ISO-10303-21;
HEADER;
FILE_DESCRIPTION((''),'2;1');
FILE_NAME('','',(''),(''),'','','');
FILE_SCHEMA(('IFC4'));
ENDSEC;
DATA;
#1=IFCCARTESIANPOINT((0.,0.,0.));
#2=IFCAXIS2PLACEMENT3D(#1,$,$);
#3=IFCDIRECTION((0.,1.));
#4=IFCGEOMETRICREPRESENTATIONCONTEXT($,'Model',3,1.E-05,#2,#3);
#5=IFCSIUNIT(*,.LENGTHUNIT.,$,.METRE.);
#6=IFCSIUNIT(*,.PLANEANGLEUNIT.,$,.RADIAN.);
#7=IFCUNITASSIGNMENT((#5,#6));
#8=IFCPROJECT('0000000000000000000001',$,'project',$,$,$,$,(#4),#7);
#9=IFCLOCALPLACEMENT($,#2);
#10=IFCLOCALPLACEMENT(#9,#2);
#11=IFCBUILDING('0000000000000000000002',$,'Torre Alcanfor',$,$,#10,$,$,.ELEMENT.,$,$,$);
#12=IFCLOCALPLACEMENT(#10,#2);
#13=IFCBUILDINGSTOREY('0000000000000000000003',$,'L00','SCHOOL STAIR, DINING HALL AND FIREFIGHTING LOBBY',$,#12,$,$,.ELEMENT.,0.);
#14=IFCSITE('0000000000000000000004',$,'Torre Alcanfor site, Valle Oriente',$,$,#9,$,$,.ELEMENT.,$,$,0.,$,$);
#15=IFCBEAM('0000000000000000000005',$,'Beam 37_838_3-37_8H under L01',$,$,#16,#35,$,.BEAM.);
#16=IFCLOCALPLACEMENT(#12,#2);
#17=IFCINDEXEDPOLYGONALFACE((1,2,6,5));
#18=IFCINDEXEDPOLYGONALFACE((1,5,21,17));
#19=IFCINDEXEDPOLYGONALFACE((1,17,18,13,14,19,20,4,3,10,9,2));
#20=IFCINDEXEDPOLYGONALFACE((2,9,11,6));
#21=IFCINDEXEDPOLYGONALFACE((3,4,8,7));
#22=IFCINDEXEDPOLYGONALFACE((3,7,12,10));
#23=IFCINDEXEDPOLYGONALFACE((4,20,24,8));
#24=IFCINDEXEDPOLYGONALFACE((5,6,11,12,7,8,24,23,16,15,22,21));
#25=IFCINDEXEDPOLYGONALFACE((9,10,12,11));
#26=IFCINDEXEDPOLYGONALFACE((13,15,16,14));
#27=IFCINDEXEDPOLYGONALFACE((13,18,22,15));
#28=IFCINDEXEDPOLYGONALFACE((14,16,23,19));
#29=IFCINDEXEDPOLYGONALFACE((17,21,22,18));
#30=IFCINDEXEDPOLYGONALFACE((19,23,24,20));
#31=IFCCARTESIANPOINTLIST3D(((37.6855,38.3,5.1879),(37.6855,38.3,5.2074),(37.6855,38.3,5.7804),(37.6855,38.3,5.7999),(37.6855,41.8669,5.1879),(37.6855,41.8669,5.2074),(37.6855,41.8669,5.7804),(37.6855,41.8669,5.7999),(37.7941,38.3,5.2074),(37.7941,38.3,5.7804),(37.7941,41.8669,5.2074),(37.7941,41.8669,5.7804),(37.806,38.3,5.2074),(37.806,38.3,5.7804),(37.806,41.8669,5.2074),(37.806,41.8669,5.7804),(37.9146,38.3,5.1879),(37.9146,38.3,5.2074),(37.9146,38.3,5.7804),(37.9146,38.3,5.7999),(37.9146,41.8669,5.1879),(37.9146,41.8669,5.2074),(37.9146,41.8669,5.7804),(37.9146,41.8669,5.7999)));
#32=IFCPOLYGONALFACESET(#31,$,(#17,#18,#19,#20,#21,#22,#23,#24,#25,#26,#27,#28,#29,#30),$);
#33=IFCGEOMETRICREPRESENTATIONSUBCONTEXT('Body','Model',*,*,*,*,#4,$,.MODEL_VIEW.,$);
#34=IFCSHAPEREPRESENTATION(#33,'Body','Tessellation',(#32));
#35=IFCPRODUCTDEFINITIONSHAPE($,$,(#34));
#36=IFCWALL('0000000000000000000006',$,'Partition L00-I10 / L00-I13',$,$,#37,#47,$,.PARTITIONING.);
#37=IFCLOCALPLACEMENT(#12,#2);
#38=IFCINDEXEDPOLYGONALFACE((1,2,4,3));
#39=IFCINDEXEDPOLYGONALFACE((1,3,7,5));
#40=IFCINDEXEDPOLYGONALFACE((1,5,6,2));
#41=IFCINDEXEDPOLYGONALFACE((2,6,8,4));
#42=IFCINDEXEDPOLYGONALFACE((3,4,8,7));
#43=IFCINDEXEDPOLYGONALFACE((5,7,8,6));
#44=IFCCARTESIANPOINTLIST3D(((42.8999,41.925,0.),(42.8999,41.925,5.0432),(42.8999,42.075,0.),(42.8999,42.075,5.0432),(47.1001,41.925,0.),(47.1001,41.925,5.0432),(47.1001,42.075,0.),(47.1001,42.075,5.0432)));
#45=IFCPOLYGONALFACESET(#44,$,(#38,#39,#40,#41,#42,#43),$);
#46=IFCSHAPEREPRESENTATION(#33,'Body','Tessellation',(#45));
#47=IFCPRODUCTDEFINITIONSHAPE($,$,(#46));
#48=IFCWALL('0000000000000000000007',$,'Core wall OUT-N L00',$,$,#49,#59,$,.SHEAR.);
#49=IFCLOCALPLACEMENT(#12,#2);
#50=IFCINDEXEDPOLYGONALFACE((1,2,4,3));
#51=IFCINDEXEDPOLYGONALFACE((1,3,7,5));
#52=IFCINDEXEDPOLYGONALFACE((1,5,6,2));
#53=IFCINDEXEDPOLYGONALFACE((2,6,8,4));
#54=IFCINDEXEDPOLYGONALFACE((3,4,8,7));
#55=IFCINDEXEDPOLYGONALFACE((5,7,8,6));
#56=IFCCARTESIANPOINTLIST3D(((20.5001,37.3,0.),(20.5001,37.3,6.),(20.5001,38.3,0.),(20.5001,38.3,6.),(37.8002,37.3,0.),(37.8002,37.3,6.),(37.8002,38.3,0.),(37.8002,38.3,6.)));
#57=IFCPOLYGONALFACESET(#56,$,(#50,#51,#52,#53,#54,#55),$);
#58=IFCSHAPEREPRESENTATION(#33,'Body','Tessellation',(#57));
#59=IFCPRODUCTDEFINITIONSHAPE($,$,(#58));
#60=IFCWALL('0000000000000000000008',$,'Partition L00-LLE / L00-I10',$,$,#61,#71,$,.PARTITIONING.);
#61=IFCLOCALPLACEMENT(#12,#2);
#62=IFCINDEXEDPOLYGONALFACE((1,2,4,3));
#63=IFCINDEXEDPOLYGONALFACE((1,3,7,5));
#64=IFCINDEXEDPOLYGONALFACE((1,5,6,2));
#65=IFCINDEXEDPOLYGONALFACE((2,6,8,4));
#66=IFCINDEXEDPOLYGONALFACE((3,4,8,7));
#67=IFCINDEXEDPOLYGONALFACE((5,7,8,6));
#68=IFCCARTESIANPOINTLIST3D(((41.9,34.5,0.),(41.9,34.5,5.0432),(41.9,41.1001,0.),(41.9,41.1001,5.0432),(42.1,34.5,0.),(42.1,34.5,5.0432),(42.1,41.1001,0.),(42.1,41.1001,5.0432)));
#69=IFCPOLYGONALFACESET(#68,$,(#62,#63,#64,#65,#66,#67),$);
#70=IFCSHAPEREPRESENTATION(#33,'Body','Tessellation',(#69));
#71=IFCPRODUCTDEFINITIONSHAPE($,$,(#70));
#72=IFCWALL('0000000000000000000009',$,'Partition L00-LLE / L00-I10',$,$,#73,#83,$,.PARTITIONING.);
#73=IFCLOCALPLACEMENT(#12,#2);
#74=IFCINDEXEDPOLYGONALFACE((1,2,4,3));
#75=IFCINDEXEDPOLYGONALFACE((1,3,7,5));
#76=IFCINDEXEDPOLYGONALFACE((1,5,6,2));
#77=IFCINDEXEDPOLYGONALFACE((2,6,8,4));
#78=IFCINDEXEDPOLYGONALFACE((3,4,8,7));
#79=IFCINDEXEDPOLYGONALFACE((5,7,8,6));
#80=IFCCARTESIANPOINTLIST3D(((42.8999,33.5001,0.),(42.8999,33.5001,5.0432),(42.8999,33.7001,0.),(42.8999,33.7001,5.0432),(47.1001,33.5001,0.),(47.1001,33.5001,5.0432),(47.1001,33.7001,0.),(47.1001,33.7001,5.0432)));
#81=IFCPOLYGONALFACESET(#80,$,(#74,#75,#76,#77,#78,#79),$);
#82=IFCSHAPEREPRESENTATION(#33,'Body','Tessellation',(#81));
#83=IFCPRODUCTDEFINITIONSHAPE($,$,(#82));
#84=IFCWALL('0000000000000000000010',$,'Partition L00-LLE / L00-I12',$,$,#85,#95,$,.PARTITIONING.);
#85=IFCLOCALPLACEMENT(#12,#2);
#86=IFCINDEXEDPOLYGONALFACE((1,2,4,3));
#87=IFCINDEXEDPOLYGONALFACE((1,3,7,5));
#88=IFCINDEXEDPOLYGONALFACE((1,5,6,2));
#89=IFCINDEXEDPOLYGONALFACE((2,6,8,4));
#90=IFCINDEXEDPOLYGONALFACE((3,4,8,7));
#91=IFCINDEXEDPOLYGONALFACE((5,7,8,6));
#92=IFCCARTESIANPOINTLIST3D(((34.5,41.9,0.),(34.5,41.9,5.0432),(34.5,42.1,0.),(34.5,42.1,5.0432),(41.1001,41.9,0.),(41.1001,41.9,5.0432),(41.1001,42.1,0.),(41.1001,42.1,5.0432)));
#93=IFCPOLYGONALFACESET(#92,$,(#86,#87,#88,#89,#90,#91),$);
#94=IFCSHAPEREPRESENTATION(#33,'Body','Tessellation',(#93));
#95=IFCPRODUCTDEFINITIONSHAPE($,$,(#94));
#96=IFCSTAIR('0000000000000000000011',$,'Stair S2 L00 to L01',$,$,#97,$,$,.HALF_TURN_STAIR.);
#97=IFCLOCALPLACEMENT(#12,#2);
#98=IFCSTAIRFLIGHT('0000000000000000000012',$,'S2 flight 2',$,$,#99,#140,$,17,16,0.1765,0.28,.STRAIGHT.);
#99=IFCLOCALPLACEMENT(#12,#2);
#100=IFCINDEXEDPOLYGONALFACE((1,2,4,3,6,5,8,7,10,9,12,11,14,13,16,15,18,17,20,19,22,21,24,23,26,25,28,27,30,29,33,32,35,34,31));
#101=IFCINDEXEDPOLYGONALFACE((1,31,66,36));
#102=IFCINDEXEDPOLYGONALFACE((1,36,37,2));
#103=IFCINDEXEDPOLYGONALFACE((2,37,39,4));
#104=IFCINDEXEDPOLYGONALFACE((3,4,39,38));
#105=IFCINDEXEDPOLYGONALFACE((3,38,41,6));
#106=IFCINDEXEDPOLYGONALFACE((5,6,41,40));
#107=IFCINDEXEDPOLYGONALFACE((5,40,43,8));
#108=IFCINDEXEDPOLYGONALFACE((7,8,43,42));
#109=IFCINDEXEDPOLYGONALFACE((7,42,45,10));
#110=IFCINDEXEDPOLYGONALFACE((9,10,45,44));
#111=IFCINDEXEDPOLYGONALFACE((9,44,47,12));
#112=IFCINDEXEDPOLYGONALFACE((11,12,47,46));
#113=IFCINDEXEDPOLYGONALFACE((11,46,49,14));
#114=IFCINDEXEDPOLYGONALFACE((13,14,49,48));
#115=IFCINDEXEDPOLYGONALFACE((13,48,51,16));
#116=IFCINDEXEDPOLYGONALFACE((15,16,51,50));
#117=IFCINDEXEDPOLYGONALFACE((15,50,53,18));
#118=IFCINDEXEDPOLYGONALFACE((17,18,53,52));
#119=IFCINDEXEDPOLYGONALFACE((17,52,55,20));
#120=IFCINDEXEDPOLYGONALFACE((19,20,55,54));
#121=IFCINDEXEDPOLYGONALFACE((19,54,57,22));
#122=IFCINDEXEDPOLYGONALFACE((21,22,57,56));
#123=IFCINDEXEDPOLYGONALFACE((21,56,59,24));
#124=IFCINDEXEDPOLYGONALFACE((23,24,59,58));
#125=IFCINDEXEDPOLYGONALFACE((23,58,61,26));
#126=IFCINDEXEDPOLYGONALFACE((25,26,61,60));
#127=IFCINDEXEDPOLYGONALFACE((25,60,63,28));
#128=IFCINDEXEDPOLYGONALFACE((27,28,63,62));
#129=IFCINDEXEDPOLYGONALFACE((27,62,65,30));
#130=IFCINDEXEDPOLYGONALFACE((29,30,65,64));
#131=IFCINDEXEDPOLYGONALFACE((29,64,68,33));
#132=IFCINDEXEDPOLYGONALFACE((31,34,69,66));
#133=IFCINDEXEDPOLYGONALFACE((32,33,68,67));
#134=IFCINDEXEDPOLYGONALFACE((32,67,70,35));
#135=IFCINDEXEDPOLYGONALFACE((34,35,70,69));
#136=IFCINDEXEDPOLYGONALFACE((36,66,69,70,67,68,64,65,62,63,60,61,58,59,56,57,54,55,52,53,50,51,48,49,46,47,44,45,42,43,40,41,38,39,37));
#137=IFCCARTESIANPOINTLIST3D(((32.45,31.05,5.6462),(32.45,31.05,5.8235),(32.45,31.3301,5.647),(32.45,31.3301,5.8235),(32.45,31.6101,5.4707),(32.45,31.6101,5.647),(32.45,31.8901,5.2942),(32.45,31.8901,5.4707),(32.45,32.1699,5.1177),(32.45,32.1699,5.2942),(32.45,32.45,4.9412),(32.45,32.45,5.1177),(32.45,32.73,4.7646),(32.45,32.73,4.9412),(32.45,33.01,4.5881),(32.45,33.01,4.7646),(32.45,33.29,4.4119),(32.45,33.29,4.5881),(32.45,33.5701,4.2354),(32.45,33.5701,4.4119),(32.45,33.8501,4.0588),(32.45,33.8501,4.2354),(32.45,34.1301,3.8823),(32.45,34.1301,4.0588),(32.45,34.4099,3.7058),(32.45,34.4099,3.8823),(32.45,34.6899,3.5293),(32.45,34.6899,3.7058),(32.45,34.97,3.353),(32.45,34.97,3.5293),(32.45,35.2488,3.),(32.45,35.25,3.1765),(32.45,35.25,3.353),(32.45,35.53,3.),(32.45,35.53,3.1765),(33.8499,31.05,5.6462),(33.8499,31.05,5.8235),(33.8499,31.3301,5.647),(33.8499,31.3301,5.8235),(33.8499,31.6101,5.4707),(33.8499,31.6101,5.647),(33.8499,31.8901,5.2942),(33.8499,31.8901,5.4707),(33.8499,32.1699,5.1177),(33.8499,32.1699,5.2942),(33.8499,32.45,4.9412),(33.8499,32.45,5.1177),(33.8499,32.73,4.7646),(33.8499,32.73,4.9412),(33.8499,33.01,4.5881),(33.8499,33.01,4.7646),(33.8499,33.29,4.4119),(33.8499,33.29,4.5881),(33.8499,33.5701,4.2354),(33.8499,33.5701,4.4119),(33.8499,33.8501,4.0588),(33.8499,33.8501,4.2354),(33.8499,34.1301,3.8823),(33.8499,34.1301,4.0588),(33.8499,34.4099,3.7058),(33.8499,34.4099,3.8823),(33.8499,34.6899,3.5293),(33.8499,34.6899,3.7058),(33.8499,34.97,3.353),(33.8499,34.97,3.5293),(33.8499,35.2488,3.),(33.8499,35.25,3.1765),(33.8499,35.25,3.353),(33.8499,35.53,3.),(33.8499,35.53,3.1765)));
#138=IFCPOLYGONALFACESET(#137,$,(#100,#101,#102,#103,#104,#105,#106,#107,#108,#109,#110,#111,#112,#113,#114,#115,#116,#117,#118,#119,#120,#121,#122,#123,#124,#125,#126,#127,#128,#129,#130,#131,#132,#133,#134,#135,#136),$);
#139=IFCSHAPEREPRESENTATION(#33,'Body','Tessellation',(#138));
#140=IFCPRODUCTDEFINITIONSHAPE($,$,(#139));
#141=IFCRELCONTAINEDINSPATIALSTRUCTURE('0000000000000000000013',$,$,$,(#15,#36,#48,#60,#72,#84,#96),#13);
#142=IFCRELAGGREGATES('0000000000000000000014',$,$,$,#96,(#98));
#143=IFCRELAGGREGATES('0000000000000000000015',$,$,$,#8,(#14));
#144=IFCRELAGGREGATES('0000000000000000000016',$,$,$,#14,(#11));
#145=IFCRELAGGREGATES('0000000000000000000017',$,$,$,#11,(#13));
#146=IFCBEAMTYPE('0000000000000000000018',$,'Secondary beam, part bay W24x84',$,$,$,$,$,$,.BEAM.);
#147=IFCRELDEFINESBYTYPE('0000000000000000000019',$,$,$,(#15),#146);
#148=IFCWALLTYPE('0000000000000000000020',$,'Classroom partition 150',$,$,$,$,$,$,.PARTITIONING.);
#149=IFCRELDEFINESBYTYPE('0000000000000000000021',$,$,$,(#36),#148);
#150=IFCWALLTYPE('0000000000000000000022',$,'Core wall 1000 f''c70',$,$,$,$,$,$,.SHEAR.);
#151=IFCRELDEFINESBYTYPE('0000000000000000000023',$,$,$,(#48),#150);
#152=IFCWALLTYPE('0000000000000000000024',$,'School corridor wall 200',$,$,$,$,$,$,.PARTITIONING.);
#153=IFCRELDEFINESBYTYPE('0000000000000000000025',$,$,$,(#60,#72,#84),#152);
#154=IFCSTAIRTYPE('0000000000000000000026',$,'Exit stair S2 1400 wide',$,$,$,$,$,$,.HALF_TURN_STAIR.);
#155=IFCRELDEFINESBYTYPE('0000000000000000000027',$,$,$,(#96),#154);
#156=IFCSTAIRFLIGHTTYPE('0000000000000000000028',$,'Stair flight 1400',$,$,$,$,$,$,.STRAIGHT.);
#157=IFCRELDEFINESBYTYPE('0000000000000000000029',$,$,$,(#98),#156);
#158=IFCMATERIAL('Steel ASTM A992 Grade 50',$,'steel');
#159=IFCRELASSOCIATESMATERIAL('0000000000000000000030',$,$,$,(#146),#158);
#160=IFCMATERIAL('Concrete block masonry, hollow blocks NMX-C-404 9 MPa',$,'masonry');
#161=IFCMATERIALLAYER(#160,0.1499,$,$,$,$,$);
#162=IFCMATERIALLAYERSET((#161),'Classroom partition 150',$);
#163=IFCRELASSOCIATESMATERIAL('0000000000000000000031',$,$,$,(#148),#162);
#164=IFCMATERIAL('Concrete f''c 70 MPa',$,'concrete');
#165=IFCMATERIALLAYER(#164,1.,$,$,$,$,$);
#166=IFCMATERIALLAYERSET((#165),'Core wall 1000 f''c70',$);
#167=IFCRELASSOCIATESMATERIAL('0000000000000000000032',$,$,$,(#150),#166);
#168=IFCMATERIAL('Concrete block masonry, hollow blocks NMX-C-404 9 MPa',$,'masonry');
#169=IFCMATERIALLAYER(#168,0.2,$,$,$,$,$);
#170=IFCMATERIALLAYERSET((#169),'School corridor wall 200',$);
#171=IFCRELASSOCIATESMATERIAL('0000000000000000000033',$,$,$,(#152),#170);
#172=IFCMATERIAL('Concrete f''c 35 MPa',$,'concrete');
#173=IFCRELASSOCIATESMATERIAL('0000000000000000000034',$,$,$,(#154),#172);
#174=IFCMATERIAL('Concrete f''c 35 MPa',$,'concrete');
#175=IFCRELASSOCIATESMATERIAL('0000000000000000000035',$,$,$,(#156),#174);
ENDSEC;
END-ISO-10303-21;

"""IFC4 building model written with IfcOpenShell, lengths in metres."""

from ifc_helpers import new_model, si_unit, direction, frame, frame_2d, origin, origin_2d, place, context, subcontext, project, spatial, polyline, rectangle, i_section, outline, extrude, material, layer, layer_set, material_profile, profile_set, type_object, element, aggregate, save


model = new_model("IFC4")

# Units and contexts
model_context = context("Model", 3, precision=1e-05, world=origin(), true_north=direction((0.0, 1.0)))
body_context = subcontext(model_context, "Body", "Model", "MODEL_VIEW")
ifc_project = project(units=[si_unit("LENGTHUNIT", "METRE"), si_unit("PLANEANGLEUNIT", "RADIAN")], contexts=[model_context])

# Site, building, storey
site_placement = place(None, origin())
site = spatial("IfcSite", under=ifc_project, at=site_placement, Name="Torre Alcanfor site, Valle Oriente", CompositionType="ELEMENT", RefElevation=0.0)
building_placement = place(site_placement, origin())
building = spatial("IfcBuilding", under=site, at=building_placement, Name="Torre Alcanfor", CompositionType="ELEMENT")
storey_placement = place(building_placement, origin())
storey = spatial("IfcBuildingStorey", under=building, at=storey_placement, Name="L00", Description="SCHOOL STAIR, DINING HALL AND FIREFIGHTING LOBBY", CompositionType="ELEMENT", Elevation=0.0)

# Beam
ifc_material_1 = material(Name="Steel ASTM A992 Grade 50", Category="steel")
ifc_material_profile_1 = material_profile(ifc_material_1, i_section(OverallWidth=0.229, OverallDepth=0.6121, WebThickness=0.012, FlangeThickness=0.0195, at=origin_2d()), Name="W24x84")
ifc_profile_set_1 = profile_set([ifc_material_profile_1], Name="Steel ASTM A992 Grade 50")
beam_type_1 = type_object("IfcBeamType", Name="Secondary beam, part bay W24x84", PredefinedType="BEAM", material=ifc_profile_set_1)
beam_placement = place(storey_placement, frame((37.8, 38.3, 5.4939), z_axis=(0.0, 1.0, 0.0), x_axis=(-1.0, 0.0, 0.0)))
element("IfcBeam", 1, at=beam_placement, inside=storey, type_object=beam_type_1, Name="Beam 37_838_3-37_8H under L01", PredefinedType="BEAM", context=body_context, shape_type="SweptSolid", body=[
    extrude(i_section(OverallWidth=0.229, OverallDepth=0.6121, WebThickness=0.012, FlangeThickness=0.0195, at=origin_2d()), origin(), (0.0, 0.0, 1.0), 3.5669),
])

# Walls
ifc_material_2 = material(Name="Concrete block masonry, hollow blocks NMX-C-404 9 MPa", Category="masonry")
ifc_layer_1 = layer(ifc_material_2, 0.1499)
ifc_layer_set_1 = layer_set([ifc_layer_1], Name="Classroom partition 150")
wall_type_1 = type_object("IfcWallType", Name="Classroom partition 150", PredefinedType="PARTITIONING", material=ifc_layer_set_1)
wall_1_placement = place(storey_placement, frame((42.8999, 42.0, 0.0), z_axis=(0.0, 0.0, 1.0), x_axis=(1.0, 0.0, 0.0)))
element("IfcWall", 2, at=wall_1_placement, inside=storey, type_object=wall_type_1, Name="Partition L00-I10 / L00-I13", PredefinedType="PARTITIONING", context=body_context, shape_type="SweptSolid", body=[
    extrude(rectangle(XDim=4.2002, YDim=0.1499, at=frame_2d((2.1001, 0.0))), origin(), (0.0, 0.0, 1.0), 5.0432),
])
ifc_material_3 = material(Name="Concrete f'c 70 MPa", Category="concrete")
ifc_layer_2 = layer(ifc_material_3, 1.0)
ifc_layer_set_2 = layer_set([ifc_layer_2], Name="Core wall 1000 f'c70")
wall_type_2 = type_object("IfcWallType", Name="Core wall 1000 f'c70", PredefinedType="SHEAR", material=ifc_layer_set_2)
wall_2_placement = place(storey_placement, frame((37.8, 37.8, 0.0), z_axis=(0.0, 0.0, 1.0), x_axis=(-1.0, 0.0, 0.0)))
element("IfcWall", 3, at=wall_2_placement, inside=storey, type_object=wall_type_2, Name="Core wall OUT-N L00", PredefinedType="SHEAR", context=body_context, shape_type="SweptSolid", body=[
    extrude(rectangle(XDim=17.3, YDim=1.0, at=frame_2d((8.6499, 0.0))), origin(), (0.0, 0.0, 1.0), 6.0),
])
ifc_material_4 = material(Name="Concrete block masonry, hollow blocks NMX-C-404 9 MPa", Category="masonry")
ifc_layer_3 = layer(ifc_material_4, 0.2)
ifc_layer_set_3 = layer_set([ifc_layer_3], Name="School corridor wall 200")
wall_type_3 = type_object("IfcWallType", Name="School corridor wall 200", PredefinedType="PARTITIONING", material=ifc_layer_set_3)
wall_3_placement = place(storey_placement, frame((42.0, 41.1001, 0.0), z_axis=(0.0, 0.0, 1.0), x_axis=(0.0, -1.0, 0.0)))
element("IfcWall", 4, at=wall_3_placement, inside=storey, type_object=wall_type_3, Name="Partition L00-LLE / L00-I10", PredefinedType="PARTITIONING", context=body_context, shape_type="SweptSolid", body=[
    extrude(rectangle(XDim=6.6001, YDim=0.2, at=frame_2d((3.3, 0.0))), origin(), (0.0, 0.0, 1.0), 5.0432),
])
wall_4_placement = place(storey_placement, frame((42.8999, 33.6001, 0.0), z_axis=(0.0, 0.0, 1.0), x_axis=(1.0, 0.0, 0.0)))
element("IfcWall", 5, at=wall_4_placement, inside=storey, type_object=wall_type_3, Name="Partition L00-LLE / L00-I10", PredefinedType="PARTITIONING", context=body_context, shape_type="SweptSolid", body=[
    extrude(rectangle(XDim=4.2002, YDim=0.2, at=frame_2d((2.1001, 0.0))), origin(), (0.0, 0.0, 1.0), 5.0432),
])
wall_5_placement = place(storey_placement, frame((34.5, 42.0, 0.0), z_axis=(0.0, 0.0, 1.0), x_axis=(1.0, 0.0, 0.0)))
element("IfcWall", 6, at=wall_5_placement, inside=storey, type_object=wall_type_3, Name="Partition L00-LLE / L00-I12", PredefinedType="PARTITIONING", context=body_context, shape_type="SweptSolid", body=[
    extrude(rectangle(XDim=6.6001, YDim=0.2, at=frame_2d((3.3, 0.0))), origin(), (0.0, 0.0, 1.0), 5.0432),
])

# Stair, stair flight
ifc_material_5 = material(Name="Concrete f'c 35 MPa", Category="concrete")
stair_type = type_object("IfcStairType", Name="Exit stair S2 1400 wide", PredefinedType="HALF_TURN_STAIR", material=ifc_material_5)
stair_placement = place(storey_placement, origin())
stair = element("IfcStair", 7, at=stair_placement, inside=storey, type_object=stair_type, Name="Stair S2 L00 to L01", PredefinedType="HALF_TURN_STAIR")
ifc_material_6 = material(Name="Concrete f'c 35 MPa", Category="concrete")
stair_flight_type = type_object("IfcStairFlightType", Name="Stair flight 1400", PredefinedType="STRAIGHT", material=ifc_material_6)
stair_flight_placement = place(storey_placement, frame((33.1499, 35.53, 3.0), z_axis=(0.0, 0.0, 1.0), x_axis=(0.0, -1.0, 0.0)))
stair_flight = element("IfcStairFlight", 8, at=stair_flight_placement, type_object=stair_flight_type, Name="S2 flight 2", NumberOfRisers=17, NumberOfTreads=16, PredefinedType="STRAIGHT", RiserHeight=0.1765, TreadLength=0.28, context=body_context, shape_type="SweptSolid", body=[
    extrude(outline(polyline([(0.0, 0.0), (0.0, 0.1765), (0.28, 0.1765), (0.28, 0.353), (0.5601, 0.353), (0.5601, 0.5293), (0.8401, 0.5293), (0.8401, 0.7058), (1.1201, 0.7058), (1.1201, 0.8823), (1.3999, 0.8823), (1.3999, 1.0588), (1.6799, 1.0588), (1.6799, 1.2354), (1.96, 1.2354), (1.96, 1.4119), (2.24, 1.4119), (2.24, 1.5881), (2.52, 1.5881), (2.52, 1.7646), (2.8, 1.7646), (2.8, 1.9412), (3.0801, 1.9412), (3.0801, 2.1177), (3.3601, 2.1177), (3.3601, 2.2942), (3.6399, 2.2942), (3.6399, 2.4707), (3.9199, 2.4707), (3.9199, 2.647), (4.2, 2.647), (4.2, 2.8235), (4.48, 2.8235), (4.48, 3.0), (4.48, 2.6462), (0.2812, 0.0), (0.0, 0.0)])), frame((0.0, 0.7, 0.0), z_axis=(0.0, -1.0, 0.0), x_axis=(1.0, 0.0, 0.0)), (0.0, 0.0, 1.0), 1.3999),
])
aggregate(stair, [stair_flight])

save(model, "model.ifc")
